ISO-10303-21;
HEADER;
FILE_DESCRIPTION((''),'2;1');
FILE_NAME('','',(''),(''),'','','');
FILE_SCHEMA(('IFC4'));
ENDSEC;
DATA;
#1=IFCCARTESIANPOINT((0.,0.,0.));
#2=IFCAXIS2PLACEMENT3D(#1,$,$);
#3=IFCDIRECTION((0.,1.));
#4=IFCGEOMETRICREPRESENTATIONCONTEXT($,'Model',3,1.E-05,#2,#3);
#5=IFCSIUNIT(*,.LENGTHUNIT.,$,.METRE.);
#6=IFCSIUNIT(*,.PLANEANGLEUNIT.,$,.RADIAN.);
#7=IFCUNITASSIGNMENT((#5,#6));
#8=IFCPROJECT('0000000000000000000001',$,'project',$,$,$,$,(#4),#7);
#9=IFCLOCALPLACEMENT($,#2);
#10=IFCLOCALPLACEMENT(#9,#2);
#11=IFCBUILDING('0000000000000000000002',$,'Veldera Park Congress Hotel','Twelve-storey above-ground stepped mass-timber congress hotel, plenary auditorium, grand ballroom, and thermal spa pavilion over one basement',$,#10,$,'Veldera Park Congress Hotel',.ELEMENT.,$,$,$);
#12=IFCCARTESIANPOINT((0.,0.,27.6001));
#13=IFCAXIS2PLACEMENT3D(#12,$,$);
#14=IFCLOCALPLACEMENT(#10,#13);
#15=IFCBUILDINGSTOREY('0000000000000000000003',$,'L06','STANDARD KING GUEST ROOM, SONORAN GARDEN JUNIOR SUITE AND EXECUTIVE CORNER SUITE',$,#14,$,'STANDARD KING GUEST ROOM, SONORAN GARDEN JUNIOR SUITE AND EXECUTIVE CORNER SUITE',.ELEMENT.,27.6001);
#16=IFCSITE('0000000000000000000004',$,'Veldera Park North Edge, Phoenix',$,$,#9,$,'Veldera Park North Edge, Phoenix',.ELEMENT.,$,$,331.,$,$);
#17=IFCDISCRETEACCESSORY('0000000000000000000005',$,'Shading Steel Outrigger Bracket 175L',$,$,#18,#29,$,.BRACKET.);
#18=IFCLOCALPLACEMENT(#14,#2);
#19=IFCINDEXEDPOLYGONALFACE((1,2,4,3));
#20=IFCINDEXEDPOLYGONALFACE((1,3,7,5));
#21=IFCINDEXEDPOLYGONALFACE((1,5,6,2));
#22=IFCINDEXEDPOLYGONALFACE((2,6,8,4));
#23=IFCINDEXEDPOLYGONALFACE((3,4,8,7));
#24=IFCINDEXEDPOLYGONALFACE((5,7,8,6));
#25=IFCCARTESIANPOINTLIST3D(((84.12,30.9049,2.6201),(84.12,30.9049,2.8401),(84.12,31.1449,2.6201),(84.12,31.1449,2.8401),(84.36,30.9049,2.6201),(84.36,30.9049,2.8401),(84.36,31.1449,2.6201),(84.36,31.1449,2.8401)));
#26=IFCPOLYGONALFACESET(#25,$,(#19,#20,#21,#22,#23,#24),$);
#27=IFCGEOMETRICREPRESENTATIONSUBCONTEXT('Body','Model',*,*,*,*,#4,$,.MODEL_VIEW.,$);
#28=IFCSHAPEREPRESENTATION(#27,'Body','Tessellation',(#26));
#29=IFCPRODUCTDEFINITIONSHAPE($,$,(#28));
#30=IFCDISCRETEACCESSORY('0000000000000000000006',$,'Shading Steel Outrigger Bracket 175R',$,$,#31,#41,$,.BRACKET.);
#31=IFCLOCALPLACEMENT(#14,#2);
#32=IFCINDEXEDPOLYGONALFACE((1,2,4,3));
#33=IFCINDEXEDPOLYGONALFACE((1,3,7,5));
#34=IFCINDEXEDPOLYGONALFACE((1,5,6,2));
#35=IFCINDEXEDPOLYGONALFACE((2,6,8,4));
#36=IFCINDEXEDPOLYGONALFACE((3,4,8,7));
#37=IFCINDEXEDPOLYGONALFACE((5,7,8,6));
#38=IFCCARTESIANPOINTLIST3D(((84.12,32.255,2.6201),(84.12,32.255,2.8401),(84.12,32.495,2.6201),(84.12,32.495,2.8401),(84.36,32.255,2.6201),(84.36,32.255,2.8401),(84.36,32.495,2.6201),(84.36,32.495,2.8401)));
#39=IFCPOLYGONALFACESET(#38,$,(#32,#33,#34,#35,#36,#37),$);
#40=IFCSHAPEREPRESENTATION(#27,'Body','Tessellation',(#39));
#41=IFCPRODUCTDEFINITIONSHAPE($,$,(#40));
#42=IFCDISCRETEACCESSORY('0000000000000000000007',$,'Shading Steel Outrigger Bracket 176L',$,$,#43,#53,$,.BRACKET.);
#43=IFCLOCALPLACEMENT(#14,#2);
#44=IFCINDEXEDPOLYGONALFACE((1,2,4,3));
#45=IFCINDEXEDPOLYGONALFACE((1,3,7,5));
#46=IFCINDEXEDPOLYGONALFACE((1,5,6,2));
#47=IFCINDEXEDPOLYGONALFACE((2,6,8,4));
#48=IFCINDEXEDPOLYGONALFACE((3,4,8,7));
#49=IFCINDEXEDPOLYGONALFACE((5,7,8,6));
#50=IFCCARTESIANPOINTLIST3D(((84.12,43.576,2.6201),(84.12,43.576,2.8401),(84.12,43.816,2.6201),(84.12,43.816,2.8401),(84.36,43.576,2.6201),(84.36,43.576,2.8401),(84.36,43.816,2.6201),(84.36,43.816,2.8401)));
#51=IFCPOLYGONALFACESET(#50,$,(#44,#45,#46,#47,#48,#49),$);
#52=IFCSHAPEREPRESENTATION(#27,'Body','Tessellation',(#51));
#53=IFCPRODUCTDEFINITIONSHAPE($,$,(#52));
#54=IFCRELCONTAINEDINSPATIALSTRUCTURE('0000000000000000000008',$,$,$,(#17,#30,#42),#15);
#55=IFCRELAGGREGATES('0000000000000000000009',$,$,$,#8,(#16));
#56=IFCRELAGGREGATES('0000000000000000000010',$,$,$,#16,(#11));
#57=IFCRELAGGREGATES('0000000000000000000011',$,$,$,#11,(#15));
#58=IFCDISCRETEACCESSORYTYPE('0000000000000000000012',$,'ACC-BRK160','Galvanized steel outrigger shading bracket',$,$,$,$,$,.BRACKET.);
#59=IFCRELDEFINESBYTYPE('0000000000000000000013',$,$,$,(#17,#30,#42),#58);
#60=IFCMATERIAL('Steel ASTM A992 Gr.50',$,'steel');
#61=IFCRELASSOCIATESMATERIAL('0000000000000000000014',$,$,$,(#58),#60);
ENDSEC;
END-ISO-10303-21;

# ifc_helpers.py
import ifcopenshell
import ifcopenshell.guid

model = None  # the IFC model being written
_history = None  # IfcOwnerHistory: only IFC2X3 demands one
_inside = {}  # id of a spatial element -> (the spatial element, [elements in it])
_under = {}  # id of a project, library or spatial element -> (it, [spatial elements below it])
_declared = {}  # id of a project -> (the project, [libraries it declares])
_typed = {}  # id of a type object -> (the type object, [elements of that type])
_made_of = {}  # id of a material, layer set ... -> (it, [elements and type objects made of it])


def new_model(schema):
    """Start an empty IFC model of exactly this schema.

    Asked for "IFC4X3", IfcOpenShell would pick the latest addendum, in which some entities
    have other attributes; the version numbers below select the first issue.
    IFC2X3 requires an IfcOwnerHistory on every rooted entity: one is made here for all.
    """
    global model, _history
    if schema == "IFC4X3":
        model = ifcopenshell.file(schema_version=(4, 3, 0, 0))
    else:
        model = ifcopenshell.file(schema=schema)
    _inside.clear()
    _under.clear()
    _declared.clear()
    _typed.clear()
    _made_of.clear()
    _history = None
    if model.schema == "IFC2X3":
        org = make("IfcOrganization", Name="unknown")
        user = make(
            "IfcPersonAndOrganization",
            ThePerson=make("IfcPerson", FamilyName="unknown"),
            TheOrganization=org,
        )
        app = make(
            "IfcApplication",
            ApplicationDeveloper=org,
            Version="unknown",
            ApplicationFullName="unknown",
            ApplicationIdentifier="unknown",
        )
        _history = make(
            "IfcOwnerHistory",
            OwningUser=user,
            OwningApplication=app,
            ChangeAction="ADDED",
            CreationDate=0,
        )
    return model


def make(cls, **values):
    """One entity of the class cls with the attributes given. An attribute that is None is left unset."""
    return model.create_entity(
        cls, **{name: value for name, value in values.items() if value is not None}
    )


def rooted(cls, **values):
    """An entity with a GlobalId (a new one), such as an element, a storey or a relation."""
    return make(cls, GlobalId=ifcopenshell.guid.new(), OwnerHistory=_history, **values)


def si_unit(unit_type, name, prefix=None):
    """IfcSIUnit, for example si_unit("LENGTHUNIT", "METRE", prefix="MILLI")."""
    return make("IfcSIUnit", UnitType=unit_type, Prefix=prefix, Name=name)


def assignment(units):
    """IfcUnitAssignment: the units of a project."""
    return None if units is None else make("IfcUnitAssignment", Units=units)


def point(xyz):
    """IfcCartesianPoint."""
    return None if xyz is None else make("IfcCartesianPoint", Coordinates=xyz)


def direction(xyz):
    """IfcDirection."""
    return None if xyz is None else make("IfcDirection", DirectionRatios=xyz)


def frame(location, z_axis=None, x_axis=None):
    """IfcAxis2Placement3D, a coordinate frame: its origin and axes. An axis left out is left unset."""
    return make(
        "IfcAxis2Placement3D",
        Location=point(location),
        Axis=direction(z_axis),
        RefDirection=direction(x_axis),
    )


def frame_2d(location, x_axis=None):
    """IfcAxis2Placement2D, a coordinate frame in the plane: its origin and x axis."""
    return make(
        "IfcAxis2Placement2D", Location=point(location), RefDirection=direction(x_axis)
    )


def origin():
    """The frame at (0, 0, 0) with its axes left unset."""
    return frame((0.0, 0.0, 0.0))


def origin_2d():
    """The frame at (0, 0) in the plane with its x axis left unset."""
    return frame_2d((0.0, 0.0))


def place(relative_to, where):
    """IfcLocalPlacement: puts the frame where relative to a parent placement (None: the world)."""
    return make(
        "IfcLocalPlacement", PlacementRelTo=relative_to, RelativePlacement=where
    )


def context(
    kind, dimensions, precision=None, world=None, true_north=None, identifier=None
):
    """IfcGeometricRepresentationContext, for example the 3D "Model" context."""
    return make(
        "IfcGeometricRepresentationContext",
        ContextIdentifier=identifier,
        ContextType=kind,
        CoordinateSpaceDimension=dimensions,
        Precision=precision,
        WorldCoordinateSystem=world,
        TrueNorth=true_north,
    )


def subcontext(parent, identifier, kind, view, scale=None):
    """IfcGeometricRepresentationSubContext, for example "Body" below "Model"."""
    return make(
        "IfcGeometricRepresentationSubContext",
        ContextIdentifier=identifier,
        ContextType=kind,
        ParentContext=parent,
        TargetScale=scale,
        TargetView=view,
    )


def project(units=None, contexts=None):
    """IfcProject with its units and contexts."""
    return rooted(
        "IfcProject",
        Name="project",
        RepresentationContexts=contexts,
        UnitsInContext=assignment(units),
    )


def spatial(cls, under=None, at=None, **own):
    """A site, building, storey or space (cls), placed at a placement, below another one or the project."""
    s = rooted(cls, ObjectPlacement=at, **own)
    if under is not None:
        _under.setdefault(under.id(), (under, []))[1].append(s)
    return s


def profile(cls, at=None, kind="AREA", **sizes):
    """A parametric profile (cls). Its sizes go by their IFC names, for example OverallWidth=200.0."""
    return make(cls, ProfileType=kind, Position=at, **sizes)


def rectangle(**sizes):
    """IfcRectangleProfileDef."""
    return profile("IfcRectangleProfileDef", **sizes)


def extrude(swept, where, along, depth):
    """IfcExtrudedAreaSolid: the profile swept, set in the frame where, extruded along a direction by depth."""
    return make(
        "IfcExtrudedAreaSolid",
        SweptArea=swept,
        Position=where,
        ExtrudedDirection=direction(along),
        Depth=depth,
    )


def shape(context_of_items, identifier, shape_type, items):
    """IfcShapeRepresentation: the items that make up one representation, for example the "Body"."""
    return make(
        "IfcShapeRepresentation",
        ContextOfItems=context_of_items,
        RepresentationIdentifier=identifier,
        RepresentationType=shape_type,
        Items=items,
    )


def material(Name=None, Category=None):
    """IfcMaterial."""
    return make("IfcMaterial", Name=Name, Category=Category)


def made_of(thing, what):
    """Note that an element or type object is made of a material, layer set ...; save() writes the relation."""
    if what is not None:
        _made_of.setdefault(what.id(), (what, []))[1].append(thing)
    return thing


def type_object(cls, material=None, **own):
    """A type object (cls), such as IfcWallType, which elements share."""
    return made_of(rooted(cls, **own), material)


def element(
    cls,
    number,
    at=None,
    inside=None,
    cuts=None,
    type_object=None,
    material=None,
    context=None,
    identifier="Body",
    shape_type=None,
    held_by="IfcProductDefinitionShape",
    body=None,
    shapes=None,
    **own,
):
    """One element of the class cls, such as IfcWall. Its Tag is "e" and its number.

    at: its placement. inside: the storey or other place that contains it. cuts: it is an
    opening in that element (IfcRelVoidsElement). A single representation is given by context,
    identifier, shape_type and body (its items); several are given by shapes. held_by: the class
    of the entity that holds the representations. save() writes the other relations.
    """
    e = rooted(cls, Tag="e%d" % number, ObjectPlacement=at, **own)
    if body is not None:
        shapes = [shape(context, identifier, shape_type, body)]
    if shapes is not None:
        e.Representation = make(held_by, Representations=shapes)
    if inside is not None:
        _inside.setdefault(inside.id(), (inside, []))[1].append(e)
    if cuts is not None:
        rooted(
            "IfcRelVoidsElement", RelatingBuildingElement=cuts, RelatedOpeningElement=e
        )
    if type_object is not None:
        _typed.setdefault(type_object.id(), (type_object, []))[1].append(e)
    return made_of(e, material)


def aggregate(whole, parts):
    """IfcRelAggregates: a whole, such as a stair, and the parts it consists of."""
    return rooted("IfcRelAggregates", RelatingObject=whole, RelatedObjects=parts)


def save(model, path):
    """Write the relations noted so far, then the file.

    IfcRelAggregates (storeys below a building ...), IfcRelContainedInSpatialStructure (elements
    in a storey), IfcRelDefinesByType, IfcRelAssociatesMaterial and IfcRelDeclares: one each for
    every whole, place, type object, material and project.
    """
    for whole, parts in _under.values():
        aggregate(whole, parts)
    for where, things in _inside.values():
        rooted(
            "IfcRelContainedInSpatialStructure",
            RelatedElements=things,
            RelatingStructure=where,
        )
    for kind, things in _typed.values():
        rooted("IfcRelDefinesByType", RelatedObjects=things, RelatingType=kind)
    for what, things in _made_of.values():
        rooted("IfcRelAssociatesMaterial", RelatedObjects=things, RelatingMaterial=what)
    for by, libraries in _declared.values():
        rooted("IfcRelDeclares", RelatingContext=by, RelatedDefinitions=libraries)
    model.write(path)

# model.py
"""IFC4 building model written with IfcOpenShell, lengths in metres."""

from ifc_helpers import new_model, si_unit, direction, frame, origin, origin_2d, place, context, subcontext, project, spatial, rectangle, extrude, material, type_object, element, save


model = new_model("IFC4")

# Units and contexts
model_context = context("Model", 3, precision=1e-05, world=origin(), true_north=direction((0.0, 1.0)))
body_context = subcontext(model_context, "Body", "Model", "MODEL_VIEW")
ifc_project = project(units=[si_unit("LENGTHUNIT", "METRE"), si_unit("PLANEANGLEUNIT", "RADIAN")], contexts=[model_context])

# Site, building, storey
site_placement = place(None, origin())
site = spatial("IfcSite", under=ifc_project, at=site_placement, Name="Veldera Park North Edge, Phoenix", LongName="Veldera Park North Edge, Phoenix", CompositionType="ELEMENT", RefElevation=331.0)
building_placement = place(site_placement, origin())
building = spatial("IfcBuilding", under=site, at=building_placement, Name="Veldera Park Congress Hotel", Description="Twelve-storey above-ground stepped mass-timber congress hotel, plenary auditorium, grand ballroom, and thermal spa pavilion over one basement", LongName="Veldera Park Congress Hotel", CompositionType="ELEMENT")
storey_placement = place(building_placement, frame((0.0, 0.0, 27.6001)))
storey = spatial("IfcBuildingStorey", under=building, at=storey_placement, Name="L06", Description="STANDARD KING GUEST ROOM, SONORAN GARDEN JUNIOR SUITE AND EXECUTIVE CORNER SUITE", LongName="STANDARD KING GUEST ROOM, SONORAN GARDEN JUNIOR SUITE AND EXECUTIVE CORNER SUITE", CompositionType="ELEMENT", Elevation=27.6001)

# Shared definitions
ifc_material_1 = material(Name="Steel ASTM A992 Gr.50", Category="steel")

# Discrete accessories
discrete_accessory_type = type_object("IfcDiscreteAccessoryType", Name="ACC-BRK160", Description="Galvanized steel outrigger shading bracket", PredefinedType="BRACKET", material=ifc_material_1)
for number, where, z_axis, x_axis, name in (
    (1, (84.24, 31.0249, 2.6201), (0.0, 0.0, 1.0), (0.0, 1.0, 0.0), "Shading Steel Outrigger Bracket 175L"),
    (2, (84.24, 32.375, 2.6201), (0.0, 0.0, 1.0), (0.0, 1.0, 0.0), "Shading Steel Outrigger Bracket 175R"),
    (3, (84.24, 43.696, 2.6201), (0.0, 0.0, 1.0), (0.0, 1.0, 0.0), "Shading Steel Outrigger Bracket 176L"),
):
    element("IfcDiscreteAccessory", number, at=place(storey_placement, frame(where, z_axis=z_axis, x_axis=x_axis)), inside=storey, type_object=discrete_accessory_type, Name=name, PredefinedType="BRACKET", context=body_context, shape_type="SweptSolid", body=[
        extrude(rectangle(XDim=0.24, YDim=0.24, at=origin_2d()), origin(), (0.0, 0.0, 1.0), 0.22),
    ])

save(model, "model.ifc")
